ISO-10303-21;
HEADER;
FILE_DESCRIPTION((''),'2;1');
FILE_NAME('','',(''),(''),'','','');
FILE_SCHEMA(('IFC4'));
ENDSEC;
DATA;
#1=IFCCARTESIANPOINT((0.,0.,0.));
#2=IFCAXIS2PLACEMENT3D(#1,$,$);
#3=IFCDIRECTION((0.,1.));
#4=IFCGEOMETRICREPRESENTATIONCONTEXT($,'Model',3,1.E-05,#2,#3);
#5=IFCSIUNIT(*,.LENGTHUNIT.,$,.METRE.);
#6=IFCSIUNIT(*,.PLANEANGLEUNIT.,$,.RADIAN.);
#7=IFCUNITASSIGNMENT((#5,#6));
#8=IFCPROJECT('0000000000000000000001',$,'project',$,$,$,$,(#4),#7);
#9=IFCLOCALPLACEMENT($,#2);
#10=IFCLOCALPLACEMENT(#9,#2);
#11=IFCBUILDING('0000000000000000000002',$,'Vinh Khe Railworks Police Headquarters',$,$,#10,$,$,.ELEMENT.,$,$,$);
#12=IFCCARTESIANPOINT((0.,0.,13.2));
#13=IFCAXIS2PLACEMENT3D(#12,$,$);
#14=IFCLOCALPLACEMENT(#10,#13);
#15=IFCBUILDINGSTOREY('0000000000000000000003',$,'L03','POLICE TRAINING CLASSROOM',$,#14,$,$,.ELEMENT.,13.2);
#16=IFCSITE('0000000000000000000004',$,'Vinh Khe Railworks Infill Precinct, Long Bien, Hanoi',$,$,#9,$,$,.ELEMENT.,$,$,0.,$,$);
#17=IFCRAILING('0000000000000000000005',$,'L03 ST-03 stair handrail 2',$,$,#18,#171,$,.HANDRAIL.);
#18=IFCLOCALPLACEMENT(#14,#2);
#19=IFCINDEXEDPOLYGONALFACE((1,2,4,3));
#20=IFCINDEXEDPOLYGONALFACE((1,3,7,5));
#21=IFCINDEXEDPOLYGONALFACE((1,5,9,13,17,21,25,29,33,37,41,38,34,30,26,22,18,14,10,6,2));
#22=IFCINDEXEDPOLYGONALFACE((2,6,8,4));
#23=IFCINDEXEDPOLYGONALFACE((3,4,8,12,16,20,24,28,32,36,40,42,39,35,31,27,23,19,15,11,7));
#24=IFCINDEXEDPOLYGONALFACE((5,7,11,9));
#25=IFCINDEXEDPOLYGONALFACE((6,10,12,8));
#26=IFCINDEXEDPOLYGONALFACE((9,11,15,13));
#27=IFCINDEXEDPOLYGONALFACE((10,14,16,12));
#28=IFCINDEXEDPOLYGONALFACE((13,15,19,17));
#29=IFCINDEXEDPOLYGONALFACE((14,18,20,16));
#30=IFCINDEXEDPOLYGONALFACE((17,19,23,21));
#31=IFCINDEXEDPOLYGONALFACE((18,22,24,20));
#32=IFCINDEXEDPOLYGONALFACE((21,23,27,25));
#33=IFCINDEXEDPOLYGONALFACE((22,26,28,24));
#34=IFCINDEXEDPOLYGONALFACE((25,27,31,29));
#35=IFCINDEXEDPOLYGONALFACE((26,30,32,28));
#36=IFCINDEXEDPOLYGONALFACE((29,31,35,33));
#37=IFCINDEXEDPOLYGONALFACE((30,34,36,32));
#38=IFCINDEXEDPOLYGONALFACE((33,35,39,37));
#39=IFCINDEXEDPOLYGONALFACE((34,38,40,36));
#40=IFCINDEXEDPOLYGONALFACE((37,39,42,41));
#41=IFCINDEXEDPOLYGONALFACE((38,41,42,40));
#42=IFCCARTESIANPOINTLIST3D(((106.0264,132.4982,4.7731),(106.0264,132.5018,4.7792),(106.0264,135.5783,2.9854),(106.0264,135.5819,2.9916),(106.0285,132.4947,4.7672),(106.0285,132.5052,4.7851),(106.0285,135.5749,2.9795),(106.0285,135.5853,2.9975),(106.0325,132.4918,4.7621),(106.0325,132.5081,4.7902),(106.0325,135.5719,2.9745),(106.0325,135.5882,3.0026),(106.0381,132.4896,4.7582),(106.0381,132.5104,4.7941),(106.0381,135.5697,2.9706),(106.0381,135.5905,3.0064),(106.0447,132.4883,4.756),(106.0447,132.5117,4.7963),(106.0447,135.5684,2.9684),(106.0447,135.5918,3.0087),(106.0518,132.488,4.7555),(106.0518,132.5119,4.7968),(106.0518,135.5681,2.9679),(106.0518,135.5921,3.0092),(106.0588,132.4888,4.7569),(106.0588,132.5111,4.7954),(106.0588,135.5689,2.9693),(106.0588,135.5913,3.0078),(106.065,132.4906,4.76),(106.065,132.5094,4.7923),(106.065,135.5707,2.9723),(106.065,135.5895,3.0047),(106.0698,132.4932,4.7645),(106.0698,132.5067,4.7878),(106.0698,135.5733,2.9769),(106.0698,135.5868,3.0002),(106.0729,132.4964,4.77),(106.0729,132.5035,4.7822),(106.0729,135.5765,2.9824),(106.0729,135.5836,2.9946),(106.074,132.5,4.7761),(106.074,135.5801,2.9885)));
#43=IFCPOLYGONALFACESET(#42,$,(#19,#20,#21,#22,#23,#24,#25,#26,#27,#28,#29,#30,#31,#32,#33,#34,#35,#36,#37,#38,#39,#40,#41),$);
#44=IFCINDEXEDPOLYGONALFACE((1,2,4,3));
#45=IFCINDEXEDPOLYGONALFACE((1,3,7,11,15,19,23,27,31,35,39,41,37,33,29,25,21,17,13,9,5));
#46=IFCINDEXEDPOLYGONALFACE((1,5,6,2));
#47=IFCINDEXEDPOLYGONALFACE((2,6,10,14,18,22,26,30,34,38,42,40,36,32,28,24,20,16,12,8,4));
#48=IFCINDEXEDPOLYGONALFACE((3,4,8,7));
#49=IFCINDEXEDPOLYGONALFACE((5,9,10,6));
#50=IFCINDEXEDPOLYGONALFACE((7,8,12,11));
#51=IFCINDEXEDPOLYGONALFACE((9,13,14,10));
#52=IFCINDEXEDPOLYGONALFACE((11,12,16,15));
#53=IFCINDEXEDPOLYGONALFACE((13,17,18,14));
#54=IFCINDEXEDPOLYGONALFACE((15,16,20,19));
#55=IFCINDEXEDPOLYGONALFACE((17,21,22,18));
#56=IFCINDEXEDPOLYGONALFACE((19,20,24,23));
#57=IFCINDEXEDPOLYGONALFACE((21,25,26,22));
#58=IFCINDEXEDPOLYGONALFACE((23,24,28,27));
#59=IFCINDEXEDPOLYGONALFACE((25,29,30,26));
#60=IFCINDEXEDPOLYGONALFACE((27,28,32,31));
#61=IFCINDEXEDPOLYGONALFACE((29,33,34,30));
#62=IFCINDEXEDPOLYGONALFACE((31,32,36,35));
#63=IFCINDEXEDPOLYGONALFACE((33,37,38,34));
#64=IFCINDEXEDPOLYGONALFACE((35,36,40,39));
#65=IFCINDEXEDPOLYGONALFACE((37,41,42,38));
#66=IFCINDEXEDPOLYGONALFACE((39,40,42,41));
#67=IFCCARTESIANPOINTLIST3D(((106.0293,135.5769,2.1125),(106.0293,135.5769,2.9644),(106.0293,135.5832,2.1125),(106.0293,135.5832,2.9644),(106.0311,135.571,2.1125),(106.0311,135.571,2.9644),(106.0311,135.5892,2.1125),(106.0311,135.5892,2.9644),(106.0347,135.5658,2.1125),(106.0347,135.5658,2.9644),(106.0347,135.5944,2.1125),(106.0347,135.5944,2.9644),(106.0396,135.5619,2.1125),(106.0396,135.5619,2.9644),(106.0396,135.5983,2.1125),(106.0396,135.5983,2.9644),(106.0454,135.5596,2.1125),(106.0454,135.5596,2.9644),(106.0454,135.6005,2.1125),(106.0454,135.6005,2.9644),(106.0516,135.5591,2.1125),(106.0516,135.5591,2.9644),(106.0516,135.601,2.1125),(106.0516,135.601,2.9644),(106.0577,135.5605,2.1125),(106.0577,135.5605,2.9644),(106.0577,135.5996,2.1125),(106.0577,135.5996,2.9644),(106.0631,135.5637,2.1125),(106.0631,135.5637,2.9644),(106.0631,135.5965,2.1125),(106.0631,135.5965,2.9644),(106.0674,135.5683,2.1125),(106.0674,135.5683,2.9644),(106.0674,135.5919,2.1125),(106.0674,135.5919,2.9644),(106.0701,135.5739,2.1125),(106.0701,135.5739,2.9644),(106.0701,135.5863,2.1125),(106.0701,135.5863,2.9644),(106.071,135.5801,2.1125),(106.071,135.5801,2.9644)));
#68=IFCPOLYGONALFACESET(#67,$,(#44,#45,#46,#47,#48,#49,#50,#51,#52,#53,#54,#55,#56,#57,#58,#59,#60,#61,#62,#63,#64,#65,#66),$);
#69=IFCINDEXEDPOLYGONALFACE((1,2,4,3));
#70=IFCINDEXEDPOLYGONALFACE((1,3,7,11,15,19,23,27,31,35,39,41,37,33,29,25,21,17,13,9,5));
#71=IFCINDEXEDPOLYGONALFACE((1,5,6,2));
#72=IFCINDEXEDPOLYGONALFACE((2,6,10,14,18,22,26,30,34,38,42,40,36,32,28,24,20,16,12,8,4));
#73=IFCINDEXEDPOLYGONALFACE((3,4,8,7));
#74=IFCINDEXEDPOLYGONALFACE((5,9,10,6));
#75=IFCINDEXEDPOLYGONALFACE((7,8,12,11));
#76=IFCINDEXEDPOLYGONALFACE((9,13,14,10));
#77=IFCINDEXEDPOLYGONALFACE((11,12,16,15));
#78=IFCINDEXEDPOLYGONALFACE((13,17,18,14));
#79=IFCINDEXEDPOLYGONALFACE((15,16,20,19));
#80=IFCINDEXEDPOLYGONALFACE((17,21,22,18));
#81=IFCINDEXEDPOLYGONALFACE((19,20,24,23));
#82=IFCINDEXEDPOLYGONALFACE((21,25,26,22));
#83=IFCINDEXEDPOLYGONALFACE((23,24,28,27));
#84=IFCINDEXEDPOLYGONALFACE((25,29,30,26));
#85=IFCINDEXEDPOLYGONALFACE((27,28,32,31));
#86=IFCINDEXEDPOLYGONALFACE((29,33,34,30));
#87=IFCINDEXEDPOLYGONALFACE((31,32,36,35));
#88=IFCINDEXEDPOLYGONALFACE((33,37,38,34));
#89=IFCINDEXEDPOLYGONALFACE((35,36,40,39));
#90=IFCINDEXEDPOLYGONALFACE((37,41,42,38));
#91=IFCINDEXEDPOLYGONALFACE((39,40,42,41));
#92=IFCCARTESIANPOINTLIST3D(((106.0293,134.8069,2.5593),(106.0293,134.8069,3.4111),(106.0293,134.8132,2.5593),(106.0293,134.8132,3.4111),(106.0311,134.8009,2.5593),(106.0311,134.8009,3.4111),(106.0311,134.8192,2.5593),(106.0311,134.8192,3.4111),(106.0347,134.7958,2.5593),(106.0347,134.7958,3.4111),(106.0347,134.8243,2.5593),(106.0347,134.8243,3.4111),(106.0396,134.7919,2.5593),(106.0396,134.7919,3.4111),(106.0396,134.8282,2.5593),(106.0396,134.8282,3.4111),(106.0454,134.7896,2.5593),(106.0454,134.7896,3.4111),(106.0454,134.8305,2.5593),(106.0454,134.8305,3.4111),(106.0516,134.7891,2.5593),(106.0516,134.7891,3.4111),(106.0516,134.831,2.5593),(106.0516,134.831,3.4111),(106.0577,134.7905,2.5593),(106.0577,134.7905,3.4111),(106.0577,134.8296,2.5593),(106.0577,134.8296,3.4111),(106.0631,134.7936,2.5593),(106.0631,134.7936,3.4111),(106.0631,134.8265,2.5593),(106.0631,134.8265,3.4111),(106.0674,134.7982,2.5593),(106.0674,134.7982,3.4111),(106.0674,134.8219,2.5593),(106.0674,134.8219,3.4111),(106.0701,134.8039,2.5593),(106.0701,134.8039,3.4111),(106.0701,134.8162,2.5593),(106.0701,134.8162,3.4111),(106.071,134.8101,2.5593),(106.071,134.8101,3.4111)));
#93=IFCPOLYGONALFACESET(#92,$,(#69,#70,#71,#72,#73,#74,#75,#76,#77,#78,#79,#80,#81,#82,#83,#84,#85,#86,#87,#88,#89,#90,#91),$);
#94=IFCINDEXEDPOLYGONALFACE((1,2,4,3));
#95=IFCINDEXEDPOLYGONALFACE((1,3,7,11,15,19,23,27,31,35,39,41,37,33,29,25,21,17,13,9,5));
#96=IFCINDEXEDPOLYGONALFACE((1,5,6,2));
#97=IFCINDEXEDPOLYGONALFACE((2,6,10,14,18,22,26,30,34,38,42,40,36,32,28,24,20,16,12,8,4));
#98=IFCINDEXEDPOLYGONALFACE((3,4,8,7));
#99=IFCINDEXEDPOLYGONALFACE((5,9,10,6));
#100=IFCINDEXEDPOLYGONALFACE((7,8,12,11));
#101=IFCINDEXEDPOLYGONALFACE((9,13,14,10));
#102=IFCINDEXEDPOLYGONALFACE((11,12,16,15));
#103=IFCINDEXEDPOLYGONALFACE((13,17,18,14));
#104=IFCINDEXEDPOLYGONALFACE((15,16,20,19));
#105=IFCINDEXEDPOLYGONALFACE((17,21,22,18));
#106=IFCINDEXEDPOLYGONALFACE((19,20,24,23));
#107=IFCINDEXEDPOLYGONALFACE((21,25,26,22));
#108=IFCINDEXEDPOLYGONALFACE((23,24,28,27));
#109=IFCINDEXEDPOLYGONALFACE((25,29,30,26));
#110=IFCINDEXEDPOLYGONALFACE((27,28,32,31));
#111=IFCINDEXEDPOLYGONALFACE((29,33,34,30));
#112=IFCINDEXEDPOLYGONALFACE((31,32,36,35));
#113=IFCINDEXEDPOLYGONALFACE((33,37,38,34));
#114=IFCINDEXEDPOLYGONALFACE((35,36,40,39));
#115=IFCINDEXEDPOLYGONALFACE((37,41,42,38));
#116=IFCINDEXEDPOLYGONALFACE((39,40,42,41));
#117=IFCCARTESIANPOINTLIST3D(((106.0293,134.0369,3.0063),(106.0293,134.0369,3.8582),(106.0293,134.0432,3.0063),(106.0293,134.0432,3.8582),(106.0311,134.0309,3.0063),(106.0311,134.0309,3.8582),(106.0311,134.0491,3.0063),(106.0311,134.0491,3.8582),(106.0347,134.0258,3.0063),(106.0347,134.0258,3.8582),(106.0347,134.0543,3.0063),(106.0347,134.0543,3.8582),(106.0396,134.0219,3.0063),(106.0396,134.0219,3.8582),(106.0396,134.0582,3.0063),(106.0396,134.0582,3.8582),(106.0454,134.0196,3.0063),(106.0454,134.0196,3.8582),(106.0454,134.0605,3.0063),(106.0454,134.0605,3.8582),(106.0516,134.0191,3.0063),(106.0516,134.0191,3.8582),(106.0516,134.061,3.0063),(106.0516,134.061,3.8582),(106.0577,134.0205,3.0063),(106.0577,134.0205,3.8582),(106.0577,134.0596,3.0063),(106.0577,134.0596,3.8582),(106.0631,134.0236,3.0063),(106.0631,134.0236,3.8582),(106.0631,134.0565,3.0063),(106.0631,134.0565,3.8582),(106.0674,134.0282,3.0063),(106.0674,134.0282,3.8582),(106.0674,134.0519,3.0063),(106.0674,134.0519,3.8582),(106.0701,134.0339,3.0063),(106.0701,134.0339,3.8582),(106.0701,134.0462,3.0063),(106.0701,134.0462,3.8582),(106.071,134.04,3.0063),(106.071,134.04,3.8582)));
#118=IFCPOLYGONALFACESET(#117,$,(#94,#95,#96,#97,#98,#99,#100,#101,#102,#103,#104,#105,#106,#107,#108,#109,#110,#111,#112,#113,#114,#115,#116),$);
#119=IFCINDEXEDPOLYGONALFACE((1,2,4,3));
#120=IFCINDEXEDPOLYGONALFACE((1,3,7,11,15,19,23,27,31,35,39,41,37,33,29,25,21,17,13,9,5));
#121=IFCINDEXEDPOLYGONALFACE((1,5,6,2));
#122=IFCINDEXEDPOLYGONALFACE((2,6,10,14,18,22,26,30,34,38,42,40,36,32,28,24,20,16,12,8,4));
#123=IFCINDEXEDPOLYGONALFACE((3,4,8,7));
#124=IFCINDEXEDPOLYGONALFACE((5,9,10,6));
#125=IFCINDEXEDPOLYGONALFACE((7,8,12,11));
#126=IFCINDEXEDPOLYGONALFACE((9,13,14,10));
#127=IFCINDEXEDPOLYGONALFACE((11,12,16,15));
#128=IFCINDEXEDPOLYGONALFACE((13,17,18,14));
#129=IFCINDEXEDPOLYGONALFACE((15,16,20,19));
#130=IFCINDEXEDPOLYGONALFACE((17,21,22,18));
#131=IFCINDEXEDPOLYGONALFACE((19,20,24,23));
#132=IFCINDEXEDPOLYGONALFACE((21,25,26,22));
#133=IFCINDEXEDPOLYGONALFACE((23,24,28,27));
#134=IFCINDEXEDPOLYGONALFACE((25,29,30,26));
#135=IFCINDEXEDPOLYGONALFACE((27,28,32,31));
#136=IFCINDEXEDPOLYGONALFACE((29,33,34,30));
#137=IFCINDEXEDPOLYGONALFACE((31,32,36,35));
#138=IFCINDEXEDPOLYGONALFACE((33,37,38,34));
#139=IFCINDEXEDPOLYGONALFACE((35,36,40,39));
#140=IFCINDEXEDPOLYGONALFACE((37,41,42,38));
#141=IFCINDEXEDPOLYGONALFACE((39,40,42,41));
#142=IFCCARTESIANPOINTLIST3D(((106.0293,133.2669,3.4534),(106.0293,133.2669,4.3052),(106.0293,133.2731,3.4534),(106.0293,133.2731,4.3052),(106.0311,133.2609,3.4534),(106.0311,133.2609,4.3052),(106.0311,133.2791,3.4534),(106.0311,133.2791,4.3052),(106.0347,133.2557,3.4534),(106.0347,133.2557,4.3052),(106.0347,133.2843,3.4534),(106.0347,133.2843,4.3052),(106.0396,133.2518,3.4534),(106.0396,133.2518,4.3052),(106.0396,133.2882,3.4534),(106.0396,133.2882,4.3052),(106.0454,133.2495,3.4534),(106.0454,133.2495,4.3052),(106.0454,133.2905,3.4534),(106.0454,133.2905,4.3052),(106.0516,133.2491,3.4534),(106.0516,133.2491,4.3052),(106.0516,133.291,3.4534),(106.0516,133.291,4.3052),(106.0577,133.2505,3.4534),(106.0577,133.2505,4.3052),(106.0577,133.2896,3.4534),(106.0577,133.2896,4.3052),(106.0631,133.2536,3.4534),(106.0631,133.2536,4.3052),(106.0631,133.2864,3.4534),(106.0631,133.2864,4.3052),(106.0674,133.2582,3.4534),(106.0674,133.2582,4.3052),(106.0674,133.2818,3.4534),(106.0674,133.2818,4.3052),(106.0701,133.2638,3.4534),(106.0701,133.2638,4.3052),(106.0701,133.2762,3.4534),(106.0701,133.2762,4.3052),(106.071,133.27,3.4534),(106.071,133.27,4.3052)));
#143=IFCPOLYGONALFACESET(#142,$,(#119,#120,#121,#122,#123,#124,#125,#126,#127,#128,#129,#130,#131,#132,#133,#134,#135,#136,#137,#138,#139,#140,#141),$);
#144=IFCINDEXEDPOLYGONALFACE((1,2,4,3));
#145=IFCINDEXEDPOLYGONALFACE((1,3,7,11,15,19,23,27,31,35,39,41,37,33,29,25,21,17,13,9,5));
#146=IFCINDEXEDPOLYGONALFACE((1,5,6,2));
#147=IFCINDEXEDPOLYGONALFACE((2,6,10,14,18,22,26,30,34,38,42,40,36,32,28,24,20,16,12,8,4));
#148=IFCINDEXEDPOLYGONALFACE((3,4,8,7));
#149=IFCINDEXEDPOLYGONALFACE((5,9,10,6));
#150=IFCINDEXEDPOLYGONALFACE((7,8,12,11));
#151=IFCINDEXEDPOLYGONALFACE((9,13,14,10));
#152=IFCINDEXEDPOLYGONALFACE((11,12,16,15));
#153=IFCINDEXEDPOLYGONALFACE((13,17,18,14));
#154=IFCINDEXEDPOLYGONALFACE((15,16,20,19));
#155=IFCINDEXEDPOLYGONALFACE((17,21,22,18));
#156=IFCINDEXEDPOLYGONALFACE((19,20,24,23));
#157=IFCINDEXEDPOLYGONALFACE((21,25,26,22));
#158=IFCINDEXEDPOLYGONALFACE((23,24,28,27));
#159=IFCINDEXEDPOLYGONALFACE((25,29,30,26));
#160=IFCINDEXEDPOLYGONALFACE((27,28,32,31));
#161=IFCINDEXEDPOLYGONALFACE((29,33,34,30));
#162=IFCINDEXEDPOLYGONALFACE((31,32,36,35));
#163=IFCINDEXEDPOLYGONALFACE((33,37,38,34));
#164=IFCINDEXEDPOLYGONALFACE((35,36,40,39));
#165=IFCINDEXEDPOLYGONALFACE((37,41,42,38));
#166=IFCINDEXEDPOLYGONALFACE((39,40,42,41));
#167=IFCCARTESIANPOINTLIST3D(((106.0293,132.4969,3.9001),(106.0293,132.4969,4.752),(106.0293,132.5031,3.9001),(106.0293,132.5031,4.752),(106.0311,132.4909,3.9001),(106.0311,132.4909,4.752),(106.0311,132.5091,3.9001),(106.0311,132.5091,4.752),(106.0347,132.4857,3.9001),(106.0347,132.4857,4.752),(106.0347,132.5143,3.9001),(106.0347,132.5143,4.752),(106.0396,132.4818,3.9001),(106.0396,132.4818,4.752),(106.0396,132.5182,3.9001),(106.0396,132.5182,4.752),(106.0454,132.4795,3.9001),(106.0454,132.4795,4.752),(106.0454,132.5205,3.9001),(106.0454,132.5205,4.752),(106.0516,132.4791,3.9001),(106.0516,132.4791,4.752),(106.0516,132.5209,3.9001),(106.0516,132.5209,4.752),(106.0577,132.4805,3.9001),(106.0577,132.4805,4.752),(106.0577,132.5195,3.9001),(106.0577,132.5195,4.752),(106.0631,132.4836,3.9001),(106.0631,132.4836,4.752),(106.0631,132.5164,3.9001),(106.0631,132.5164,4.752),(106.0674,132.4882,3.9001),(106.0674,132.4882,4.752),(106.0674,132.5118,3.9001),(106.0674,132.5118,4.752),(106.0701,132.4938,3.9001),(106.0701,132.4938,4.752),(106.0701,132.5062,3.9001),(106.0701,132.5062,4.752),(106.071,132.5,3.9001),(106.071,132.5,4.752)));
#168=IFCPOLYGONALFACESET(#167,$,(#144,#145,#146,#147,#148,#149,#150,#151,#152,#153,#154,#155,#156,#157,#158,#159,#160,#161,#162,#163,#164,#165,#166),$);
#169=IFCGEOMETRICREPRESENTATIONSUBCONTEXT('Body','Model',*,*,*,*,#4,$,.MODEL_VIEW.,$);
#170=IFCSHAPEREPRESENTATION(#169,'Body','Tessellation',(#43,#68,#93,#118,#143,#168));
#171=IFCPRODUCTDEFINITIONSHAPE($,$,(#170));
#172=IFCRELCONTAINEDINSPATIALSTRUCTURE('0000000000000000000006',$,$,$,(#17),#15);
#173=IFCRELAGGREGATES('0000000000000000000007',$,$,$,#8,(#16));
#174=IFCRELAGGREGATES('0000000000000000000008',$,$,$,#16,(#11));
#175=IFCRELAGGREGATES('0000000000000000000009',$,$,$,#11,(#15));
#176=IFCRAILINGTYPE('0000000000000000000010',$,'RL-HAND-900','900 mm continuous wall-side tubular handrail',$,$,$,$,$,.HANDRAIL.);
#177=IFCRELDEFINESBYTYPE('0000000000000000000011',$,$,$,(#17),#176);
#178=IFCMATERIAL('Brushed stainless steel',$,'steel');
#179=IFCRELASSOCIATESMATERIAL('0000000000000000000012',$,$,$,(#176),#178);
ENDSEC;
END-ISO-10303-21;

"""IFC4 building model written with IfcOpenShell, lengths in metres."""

from ifc_helpers import new_model, si_unit, direction, frame, origin, origin_2d, place, context, subcontext, project, spatial, circle, extrude, material, type_object, element, save


model = new_model("IFC4")

# Units and contexts
model_context = context("Model", 3, precision=1e-05, world=origin(), true_north=direction((0.0, 1.0)))
body_context = subcontext(model_context, "Body", "Model", "MODEL_VIEW")
ifc_project = project(units=[si_unit("LENGTHUNIT", "METRE"), si_unit("PLANEANGLEUNIT", "RADIAN")], contexts=[model_context])

# Site, building, storey
site_placement = place(None, origin())
site = spatial("IfcSite", under=ifc_project, at=site_placement, Name="Vinh Khe Railworks Infill Precinct, Long Bien, Hanoi", CompositionType="ELEMENT", RefElevation=0.0)
building_placement = place(site_placement, origin())
building = spatial("IfcBuilding", under=site, at=building_placement, Name="Vinh Khe Railworks Police Headquarters", CompositionType="ELEMENT")
storey_placement = place(building_placement, frame((0.0, 0.0, 13.2)))
storey = spatial("IfcBuildingStorey", under=building, at=storey_placement, Name="L03", Description="POLICE TRAINING CLASSROOM", CompositionType="ELEMENT", Elevation=13.2)

# Railing
ifc_material_1 = material(Name="Brushed stainless steel", Category="steel")
railing_type_1 = type_object("IfcRailingType", Name="RL-HAND-900", Description="900 mm continuous wall-side tubular handrail", PredefinedType="HANDRAIL", material=ifc_material_1)
railing_1_placement = place(storey_placement, frame((106.05, 135.5801, 2.1125)))
element("IfcRailing", 1, at=railing_1_placement, inside=storey, type_object=railing_type_1, Name="L03 ST-03 stair handrail 2", PredefinedType="HANDRAIL", context=body_context, shape_type="SweptSolid", body=[
    extrude(circle(Radius=0.0239, at=origin_2d()), frame((0.0, 0.0, 0.876), z_axis=(0.0, -0.864891, 0.50196), x_axis=(1.0, 0.0, 0.0)), (0.0, 0.0, 1.0), 3.5613),
    extrude(circle(Radius=0.021, at=origin_2d()), origin(), (0.0, 0.0, 1.0), 0.8518),
    extrude(circle(Radius=0.021, at=origin_2d()), frame((0.0, -0.77, 0.4468)), (0.0, 0.0, 1.0), 0.8518),
    extrude(circle(Radius=0.021, at=origin_2d()), frame((0.0, -1.54, 0.8938)), (0.0, 0.0, 1.0), 0.8518),
    extrude(circle(Radius=0.021, at=origin_2d()), frame((0.0, -2.3101, 1.3408)), (0.0, 0.0, 1.0), 0.8518),
    extrude(circle(Radius=0.021, at=origin_2d()), frame((0.0, -3.0801, 1.7876)), (0.0, 0.0, 1.0), 0.8518),
])

save(model, "model.ifc")
